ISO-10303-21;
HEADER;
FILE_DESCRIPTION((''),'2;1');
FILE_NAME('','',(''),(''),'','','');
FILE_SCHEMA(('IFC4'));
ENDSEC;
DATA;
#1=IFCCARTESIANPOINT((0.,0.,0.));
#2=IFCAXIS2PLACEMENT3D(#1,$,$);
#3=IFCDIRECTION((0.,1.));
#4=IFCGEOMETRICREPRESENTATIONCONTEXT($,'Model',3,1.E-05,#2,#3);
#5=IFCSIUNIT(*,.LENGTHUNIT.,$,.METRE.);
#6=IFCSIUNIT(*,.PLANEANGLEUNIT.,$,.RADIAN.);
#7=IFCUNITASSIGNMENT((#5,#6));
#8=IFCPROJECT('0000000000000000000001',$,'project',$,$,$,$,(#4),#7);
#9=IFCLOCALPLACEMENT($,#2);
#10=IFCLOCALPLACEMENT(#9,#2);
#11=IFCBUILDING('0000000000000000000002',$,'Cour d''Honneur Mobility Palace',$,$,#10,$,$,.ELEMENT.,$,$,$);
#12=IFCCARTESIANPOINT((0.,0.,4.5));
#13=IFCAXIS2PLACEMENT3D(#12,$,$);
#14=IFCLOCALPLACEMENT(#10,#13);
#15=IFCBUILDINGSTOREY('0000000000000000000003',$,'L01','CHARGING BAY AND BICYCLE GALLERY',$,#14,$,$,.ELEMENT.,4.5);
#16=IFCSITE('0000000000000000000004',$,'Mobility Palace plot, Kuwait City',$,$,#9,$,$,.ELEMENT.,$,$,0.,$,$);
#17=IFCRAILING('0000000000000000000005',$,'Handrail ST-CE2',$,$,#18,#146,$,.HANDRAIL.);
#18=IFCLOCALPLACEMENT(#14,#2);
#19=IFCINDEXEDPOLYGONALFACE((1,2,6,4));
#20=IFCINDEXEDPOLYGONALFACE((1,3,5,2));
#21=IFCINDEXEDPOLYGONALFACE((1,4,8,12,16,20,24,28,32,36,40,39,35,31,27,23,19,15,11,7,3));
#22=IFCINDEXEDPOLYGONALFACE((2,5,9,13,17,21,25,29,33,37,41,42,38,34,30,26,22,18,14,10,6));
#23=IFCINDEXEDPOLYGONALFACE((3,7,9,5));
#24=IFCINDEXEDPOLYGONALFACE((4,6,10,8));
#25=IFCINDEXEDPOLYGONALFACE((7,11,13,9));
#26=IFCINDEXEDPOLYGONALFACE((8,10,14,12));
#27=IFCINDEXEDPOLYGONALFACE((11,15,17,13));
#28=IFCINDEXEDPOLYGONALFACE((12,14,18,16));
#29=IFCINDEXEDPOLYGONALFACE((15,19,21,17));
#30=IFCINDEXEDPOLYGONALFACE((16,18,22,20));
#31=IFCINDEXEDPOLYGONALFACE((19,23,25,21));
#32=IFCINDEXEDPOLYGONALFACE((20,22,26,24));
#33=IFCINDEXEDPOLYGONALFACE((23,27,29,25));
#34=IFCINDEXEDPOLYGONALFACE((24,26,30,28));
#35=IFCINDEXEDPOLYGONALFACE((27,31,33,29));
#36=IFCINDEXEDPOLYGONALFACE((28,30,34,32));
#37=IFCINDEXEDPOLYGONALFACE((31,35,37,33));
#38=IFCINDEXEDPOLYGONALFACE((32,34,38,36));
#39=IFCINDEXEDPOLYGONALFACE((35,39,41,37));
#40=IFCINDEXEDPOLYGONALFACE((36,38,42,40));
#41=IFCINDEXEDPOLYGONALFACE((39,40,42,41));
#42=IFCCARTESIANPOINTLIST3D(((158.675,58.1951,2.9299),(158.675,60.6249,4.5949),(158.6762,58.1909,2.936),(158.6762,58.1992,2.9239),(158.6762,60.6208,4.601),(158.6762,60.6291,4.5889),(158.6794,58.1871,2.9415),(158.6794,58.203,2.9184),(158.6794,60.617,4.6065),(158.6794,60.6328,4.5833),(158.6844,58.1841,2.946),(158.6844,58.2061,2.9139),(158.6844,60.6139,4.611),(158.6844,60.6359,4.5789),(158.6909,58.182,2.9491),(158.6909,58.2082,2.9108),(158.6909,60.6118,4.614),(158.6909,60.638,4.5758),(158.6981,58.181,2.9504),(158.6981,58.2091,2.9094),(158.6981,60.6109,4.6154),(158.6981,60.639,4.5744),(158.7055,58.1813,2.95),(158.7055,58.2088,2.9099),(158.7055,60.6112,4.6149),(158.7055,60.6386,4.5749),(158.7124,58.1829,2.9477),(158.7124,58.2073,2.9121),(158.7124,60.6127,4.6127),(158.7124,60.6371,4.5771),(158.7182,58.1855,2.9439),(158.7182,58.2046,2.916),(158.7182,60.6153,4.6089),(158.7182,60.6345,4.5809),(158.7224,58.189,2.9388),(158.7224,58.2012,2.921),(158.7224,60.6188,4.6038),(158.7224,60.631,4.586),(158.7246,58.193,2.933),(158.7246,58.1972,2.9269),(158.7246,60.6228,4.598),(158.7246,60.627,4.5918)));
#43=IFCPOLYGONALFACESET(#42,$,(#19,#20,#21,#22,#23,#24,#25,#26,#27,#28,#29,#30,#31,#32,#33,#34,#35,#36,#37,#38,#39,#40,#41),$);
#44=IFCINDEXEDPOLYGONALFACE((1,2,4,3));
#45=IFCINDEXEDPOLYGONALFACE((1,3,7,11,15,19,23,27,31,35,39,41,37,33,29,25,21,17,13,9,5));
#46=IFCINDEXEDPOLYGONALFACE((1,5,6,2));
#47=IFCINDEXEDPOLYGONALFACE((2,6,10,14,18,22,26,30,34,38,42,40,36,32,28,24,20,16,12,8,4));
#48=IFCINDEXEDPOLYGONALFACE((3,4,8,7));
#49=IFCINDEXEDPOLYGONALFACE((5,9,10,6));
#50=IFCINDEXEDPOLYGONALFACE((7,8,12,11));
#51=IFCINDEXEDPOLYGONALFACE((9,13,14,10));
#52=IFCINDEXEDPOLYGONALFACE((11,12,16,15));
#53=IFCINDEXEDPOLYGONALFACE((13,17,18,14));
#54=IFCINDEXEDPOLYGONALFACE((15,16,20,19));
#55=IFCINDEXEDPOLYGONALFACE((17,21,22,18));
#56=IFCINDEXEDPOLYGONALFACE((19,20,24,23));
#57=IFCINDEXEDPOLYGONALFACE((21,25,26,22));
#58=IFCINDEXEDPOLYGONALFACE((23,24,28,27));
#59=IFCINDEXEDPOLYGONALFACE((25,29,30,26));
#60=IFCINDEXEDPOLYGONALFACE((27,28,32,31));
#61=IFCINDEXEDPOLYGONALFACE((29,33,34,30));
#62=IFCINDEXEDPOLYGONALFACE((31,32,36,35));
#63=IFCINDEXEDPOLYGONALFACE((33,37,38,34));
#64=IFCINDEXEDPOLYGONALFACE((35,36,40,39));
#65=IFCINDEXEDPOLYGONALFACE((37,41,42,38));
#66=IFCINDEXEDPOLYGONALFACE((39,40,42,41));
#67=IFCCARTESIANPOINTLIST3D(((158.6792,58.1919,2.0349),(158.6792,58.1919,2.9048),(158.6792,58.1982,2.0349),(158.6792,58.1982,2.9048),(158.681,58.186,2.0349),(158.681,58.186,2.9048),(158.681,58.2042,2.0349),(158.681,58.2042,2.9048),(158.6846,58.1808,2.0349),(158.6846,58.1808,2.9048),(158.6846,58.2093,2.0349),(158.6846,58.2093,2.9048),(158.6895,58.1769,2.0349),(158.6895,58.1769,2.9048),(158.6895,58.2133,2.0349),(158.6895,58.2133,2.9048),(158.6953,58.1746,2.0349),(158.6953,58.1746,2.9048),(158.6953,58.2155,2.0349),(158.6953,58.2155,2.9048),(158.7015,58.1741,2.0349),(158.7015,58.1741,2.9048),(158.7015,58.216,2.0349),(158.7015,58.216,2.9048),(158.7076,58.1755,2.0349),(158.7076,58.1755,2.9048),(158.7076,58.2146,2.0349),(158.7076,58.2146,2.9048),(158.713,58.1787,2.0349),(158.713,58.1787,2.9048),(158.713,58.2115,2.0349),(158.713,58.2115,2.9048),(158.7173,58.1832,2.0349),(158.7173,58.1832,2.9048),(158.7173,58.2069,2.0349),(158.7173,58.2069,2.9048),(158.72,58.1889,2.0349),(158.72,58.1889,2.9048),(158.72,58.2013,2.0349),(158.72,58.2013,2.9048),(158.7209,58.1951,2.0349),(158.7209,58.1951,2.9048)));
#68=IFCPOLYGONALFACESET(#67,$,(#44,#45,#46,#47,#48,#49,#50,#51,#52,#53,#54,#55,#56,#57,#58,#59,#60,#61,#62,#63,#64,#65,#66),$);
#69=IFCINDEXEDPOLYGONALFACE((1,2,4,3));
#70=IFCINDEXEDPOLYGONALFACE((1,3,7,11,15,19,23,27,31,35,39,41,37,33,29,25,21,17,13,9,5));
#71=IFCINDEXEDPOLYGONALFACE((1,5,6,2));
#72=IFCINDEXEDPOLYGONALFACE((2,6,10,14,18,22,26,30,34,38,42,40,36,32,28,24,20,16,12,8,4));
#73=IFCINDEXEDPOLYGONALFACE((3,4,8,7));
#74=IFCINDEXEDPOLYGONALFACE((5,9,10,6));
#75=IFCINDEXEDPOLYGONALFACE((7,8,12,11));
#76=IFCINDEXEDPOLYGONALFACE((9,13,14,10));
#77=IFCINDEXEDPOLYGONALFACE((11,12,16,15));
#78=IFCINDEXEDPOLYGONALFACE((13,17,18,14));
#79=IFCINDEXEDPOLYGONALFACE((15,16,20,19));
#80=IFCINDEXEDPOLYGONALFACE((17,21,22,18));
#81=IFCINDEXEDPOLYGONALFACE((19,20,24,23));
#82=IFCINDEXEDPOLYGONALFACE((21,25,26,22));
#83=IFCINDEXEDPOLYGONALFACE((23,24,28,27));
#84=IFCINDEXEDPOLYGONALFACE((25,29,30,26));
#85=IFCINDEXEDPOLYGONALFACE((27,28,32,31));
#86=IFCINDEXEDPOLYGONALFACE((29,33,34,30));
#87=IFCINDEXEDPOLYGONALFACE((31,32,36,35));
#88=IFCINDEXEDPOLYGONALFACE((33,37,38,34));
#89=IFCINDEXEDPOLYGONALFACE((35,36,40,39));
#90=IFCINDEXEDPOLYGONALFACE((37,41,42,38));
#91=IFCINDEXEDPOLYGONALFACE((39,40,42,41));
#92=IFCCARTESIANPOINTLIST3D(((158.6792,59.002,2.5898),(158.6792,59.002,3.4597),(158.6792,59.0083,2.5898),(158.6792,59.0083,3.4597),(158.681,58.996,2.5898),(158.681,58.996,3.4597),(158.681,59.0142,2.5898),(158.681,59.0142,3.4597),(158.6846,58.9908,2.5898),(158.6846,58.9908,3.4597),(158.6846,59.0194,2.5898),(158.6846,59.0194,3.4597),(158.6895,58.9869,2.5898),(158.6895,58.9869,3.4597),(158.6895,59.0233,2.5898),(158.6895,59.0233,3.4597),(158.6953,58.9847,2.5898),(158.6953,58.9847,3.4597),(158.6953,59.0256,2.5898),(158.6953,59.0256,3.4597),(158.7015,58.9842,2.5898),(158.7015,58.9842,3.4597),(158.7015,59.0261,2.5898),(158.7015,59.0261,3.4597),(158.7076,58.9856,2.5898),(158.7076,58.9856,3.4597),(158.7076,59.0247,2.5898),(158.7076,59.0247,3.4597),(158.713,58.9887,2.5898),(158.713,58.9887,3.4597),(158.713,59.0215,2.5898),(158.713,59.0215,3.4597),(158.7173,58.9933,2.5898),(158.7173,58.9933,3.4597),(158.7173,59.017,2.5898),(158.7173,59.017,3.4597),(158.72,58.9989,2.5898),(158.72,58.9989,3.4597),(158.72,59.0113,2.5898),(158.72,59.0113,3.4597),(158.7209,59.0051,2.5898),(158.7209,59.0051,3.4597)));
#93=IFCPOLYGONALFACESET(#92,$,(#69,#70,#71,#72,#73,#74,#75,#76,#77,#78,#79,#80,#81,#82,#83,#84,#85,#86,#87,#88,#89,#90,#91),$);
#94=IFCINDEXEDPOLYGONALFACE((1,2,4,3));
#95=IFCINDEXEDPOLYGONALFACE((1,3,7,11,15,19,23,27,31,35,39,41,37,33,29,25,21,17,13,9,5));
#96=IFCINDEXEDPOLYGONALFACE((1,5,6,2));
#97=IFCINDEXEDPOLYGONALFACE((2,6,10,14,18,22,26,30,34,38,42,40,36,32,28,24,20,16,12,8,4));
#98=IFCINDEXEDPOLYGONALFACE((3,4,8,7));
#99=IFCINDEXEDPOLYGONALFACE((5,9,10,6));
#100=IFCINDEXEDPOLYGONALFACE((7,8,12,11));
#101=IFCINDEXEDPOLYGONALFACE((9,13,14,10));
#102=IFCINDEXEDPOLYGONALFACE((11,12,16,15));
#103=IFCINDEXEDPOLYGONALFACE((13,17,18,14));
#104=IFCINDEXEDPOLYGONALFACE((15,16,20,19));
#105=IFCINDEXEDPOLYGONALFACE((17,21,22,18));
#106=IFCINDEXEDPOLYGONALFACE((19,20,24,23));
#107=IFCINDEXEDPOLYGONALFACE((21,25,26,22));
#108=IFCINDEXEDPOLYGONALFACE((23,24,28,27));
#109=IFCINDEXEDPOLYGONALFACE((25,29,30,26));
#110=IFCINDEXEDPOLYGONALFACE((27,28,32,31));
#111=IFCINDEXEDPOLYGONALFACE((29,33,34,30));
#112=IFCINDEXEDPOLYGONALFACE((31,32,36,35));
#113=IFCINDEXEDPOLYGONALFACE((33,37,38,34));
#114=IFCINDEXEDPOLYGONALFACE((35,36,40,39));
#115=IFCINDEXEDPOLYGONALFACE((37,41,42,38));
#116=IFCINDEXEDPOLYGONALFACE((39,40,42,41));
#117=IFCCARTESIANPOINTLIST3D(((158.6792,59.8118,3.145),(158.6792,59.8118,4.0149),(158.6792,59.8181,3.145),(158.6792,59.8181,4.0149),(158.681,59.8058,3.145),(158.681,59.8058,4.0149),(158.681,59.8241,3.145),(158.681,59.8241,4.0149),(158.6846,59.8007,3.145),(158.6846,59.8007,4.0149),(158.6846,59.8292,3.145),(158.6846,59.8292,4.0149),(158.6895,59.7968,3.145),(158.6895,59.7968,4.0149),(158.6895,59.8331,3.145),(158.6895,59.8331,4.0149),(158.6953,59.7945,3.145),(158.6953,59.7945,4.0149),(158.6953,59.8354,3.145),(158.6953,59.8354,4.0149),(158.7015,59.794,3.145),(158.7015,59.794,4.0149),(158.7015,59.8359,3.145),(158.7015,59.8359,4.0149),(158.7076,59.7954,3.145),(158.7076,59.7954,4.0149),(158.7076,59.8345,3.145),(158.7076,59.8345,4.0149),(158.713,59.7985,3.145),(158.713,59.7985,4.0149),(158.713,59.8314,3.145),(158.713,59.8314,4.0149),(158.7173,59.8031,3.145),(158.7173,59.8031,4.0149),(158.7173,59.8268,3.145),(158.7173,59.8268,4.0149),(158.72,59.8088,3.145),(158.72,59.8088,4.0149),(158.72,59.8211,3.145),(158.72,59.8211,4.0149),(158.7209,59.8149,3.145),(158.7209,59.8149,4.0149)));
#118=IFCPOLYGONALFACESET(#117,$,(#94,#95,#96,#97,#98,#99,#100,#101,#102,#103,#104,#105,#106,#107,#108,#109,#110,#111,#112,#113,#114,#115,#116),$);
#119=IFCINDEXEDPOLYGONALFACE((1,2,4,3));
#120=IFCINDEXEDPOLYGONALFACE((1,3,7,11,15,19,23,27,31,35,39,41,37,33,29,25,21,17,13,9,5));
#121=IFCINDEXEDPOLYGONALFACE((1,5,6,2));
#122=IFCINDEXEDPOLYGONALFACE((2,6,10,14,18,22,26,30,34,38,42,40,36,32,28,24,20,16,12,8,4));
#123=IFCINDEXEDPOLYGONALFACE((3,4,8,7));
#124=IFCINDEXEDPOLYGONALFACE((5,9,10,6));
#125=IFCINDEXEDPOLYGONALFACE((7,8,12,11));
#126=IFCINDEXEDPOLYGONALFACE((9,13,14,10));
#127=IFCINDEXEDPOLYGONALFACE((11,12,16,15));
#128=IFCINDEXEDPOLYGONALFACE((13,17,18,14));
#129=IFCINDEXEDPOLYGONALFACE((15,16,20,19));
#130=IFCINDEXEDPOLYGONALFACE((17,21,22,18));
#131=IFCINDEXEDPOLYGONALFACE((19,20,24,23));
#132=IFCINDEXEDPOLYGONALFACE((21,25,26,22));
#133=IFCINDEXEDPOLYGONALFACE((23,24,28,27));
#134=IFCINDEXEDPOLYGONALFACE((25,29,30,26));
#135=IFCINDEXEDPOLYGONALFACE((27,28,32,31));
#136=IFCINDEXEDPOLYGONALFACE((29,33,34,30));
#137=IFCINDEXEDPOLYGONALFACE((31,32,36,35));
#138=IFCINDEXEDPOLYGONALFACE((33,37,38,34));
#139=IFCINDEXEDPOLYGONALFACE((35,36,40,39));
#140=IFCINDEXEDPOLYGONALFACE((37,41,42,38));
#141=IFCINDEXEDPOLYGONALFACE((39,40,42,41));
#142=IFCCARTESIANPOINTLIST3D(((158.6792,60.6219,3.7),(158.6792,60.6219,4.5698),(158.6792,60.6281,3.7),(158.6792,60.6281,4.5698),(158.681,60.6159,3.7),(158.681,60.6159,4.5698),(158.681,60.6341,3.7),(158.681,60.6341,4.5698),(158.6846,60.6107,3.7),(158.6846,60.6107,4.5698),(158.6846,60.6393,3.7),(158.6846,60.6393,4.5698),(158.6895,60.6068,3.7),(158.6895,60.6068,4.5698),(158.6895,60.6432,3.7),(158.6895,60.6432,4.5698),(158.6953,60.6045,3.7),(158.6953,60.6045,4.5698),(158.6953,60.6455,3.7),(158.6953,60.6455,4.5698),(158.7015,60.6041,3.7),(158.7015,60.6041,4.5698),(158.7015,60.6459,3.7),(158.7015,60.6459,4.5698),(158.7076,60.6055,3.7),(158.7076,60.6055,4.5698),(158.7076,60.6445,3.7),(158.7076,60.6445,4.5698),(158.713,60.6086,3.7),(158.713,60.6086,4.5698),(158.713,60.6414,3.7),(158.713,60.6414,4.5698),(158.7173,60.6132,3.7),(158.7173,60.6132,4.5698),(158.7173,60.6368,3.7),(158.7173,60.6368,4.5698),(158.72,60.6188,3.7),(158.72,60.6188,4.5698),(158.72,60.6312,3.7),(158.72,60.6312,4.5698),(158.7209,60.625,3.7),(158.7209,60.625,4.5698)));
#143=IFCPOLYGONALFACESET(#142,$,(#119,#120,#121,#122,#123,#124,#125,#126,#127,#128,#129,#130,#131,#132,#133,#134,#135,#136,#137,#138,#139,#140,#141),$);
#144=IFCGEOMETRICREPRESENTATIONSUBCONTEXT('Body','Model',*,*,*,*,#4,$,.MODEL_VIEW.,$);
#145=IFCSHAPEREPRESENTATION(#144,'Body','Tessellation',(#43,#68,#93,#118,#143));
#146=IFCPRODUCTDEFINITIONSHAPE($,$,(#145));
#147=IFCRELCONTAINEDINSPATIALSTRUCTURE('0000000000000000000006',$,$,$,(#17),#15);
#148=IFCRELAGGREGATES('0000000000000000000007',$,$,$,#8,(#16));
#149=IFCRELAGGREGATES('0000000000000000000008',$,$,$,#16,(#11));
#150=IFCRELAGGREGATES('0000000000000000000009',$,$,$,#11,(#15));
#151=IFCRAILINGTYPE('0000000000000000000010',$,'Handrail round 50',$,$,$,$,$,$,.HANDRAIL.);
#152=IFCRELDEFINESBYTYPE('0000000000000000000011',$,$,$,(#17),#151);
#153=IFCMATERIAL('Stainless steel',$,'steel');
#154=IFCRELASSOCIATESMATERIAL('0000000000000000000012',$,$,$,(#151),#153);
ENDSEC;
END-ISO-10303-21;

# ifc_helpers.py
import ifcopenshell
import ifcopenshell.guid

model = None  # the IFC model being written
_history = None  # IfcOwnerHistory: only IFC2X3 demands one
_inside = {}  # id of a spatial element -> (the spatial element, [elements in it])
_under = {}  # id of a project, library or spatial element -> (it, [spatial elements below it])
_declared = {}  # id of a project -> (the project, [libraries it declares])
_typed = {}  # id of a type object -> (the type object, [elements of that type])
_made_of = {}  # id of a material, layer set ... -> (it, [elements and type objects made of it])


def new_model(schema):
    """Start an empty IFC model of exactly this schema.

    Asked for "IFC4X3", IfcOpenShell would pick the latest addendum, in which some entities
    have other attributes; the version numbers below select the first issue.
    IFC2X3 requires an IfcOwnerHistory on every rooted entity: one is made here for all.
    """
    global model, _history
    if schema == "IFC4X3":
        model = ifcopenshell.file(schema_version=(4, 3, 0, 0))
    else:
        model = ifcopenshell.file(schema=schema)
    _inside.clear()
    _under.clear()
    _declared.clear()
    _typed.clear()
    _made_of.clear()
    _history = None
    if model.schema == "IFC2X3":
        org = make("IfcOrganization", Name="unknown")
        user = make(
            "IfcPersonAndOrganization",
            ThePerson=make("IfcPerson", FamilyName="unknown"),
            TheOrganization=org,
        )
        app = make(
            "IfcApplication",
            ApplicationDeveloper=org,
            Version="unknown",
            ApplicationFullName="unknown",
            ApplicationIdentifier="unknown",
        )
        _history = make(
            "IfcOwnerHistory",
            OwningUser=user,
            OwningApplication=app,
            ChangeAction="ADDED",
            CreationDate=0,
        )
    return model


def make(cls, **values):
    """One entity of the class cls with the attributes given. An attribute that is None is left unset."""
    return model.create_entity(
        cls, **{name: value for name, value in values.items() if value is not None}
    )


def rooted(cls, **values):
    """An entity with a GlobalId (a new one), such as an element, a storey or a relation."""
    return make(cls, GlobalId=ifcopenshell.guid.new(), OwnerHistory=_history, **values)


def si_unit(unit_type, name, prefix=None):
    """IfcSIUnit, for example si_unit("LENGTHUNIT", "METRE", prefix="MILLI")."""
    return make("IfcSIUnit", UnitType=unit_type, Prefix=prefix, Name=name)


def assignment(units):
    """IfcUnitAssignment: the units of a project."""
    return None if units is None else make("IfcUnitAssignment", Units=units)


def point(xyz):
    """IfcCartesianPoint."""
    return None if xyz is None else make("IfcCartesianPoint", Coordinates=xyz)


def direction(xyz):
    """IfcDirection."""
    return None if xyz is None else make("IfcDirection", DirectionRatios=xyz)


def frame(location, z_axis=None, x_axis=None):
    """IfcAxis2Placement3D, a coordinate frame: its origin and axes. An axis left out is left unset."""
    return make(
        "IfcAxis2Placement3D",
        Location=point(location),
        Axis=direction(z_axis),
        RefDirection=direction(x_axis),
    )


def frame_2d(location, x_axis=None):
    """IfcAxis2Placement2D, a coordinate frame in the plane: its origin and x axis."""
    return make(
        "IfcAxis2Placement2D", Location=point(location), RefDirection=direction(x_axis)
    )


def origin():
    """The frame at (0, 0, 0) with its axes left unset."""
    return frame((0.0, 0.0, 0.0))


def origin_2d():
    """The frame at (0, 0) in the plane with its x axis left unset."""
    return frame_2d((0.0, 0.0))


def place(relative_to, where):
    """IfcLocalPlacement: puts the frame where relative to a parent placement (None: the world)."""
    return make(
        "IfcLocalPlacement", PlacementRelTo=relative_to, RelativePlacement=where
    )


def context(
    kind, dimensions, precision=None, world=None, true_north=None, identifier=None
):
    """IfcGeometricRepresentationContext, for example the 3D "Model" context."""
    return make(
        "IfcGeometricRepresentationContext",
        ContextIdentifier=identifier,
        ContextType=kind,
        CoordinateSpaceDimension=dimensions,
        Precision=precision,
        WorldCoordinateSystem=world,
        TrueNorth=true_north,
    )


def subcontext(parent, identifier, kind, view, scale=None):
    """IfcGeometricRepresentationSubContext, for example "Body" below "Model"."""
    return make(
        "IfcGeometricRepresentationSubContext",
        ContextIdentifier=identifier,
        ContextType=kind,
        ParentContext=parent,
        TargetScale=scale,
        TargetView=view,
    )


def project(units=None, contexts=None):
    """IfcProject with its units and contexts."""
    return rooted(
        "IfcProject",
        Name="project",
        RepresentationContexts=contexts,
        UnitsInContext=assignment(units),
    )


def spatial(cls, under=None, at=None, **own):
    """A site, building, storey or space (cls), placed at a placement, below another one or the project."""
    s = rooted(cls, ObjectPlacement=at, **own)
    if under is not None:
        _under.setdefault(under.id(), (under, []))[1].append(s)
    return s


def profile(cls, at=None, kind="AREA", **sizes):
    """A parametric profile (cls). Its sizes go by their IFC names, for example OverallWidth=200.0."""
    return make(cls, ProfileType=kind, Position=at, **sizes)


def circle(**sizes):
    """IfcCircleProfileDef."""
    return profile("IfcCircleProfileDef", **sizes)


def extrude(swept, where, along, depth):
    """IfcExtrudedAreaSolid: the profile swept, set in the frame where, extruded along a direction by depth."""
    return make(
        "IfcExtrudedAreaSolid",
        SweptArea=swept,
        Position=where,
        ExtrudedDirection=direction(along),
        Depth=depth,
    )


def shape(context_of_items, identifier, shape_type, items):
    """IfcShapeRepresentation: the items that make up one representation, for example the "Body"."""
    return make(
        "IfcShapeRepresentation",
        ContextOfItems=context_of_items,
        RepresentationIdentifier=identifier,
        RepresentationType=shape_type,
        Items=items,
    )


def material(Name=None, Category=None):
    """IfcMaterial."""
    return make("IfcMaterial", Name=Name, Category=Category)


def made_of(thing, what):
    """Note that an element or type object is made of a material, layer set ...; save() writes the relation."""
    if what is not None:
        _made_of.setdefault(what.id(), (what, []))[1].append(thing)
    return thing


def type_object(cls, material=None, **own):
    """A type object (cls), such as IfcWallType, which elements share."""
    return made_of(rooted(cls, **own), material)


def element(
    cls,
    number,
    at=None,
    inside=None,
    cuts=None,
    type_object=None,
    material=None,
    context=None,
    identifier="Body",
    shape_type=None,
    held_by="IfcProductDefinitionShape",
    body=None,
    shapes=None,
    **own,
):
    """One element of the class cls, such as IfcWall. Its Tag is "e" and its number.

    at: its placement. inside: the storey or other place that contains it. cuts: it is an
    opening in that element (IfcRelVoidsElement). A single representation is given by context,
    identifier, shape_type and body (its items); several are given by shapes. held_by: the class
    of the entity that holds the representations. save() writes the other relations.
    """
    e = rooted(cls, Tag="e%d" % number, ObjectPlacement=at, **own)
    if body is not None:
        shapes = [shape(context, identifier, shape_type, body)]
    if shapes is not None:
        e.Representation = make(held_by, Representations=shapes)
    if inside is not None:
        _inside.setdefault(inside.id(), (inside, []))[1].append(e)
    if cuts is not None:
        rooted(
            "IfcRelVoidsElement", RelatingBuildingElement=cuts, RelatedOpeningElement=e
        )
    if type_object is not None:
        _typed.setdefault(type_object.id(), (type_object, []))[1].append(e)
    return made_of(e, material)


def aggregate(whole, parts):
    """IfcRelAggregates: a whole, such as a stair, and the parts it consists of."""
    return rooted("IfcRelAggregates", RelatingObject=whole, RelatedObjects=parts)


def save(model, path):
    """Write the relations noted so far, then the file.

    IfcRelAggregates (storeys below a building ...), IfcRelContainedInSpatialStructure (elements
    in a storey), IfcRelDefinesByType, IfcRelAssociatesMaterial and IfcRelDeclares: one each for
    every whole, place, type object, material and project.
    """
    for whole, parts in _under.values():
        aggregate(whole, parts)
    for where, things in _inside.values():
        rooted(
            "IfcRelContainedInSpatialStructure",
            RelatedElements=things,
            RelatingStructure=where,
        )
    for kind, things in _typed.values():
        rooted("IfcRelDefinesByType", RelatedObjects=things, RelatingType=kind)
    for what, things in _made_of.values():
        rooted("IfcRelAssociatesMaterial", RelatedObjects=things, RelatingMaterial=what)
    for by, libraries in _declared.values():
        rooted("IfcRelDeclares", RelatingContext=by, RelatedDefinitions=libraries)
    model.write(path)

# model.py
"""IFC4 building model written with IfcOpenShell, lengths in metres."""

from ifc_helpers import new_model, si_unit, direction, frame, origin, origin_2d, place, context, subcontext, project, spatial, circle, extrude, material, type_object, element, save


model = new_model("IFC4")

# Units and contexts
model_context = context("Model", 3, precision=1e-05, world=origin(), true_north=direction((0.0, 1.0)))
body_context = subcontext(model_context, "Body", "Model", "MODEL_VIEW")
ifc_project = project(units=[si_unit("LENGTHUNIT", "METRE"), si_unit("PLANEANGLEUNIT", "RADIAN")], contexts=[model_context])

# Site, building, storey
site_placement = place(None, origin())
site = spatial("IfcSite", under=ifc_project, at=site_placement, Name="Mobility Palace plot, Kuwait City", CompositionType="ELEMENT", RefElevation=0.0)
building_placement = place(site_placement, origin())
building = spatial("IfcBuilding", under=site, at=building_placement, Name="Cour d'Honneur Mobility Palace", CompositionType="ELEMENT")
storey_placement = place(building_placement, frame((0.0, 0.0, 4.5)))
storey = spatial("IfcBuildingStorey", under=building, at=storey_placement, Name="L01", Description="CHARGING BAY AND BICYCLE GALLERY", CompositionType="ELEMENT", Elevation=4.5)

# Railing
ifc_material_1 = material(Name="Stainless steel", Category="steel")
railing_type_1 = type_object("IfcRailingType", Name="Handrail round 50", PredefinedType="HANDRAIL", material=ifc_material_1)
railing_1_placement = place(storey_placement, frame((158.7, 58.1951, 2.0349)))
element("IfcRailing", 1, at=railing_1_placement, inside=storey, type_object=railing_type_1, Name="Handrail ST-CE2", PredefinedType="HANDRAIL", context=body_context, shape_type="SweptSolid", body=[
    extrude(circle(Radius=0.0249, at=origin_2d()), frame((0.0, 0.0, 0.895), z_axis=(0.0, 0.824919, 0.565251), x_axis=(-1.0, 0.0, 0.0)), (0.0, 0.0, 1.0), 2.9456),
    extrude(circle(Radius=0.021, at=origin_2d()), origin(), (0.0, 0.0, 1.0), 0.8699),
    extrude(circle(Radius=0.021, at=origin_2d()), frame((0.0, 0.8101, 0.5549)), (0.0, 0.0, 1.0), 0.8699),
    extrude(circle(Radius=0.021, at=origin_2d()), frame((0.0, 1.6199, 1.1101)), (0.0, 0.0, 1.0), 0.8699),
    extrude(circle(Radius=0.021, at=origin_2d()), frame((0.0, 2.4299, 1.665)), (0.0, 0.0, 1.0), 0.8699),
])

save(model, "model.ifc")
